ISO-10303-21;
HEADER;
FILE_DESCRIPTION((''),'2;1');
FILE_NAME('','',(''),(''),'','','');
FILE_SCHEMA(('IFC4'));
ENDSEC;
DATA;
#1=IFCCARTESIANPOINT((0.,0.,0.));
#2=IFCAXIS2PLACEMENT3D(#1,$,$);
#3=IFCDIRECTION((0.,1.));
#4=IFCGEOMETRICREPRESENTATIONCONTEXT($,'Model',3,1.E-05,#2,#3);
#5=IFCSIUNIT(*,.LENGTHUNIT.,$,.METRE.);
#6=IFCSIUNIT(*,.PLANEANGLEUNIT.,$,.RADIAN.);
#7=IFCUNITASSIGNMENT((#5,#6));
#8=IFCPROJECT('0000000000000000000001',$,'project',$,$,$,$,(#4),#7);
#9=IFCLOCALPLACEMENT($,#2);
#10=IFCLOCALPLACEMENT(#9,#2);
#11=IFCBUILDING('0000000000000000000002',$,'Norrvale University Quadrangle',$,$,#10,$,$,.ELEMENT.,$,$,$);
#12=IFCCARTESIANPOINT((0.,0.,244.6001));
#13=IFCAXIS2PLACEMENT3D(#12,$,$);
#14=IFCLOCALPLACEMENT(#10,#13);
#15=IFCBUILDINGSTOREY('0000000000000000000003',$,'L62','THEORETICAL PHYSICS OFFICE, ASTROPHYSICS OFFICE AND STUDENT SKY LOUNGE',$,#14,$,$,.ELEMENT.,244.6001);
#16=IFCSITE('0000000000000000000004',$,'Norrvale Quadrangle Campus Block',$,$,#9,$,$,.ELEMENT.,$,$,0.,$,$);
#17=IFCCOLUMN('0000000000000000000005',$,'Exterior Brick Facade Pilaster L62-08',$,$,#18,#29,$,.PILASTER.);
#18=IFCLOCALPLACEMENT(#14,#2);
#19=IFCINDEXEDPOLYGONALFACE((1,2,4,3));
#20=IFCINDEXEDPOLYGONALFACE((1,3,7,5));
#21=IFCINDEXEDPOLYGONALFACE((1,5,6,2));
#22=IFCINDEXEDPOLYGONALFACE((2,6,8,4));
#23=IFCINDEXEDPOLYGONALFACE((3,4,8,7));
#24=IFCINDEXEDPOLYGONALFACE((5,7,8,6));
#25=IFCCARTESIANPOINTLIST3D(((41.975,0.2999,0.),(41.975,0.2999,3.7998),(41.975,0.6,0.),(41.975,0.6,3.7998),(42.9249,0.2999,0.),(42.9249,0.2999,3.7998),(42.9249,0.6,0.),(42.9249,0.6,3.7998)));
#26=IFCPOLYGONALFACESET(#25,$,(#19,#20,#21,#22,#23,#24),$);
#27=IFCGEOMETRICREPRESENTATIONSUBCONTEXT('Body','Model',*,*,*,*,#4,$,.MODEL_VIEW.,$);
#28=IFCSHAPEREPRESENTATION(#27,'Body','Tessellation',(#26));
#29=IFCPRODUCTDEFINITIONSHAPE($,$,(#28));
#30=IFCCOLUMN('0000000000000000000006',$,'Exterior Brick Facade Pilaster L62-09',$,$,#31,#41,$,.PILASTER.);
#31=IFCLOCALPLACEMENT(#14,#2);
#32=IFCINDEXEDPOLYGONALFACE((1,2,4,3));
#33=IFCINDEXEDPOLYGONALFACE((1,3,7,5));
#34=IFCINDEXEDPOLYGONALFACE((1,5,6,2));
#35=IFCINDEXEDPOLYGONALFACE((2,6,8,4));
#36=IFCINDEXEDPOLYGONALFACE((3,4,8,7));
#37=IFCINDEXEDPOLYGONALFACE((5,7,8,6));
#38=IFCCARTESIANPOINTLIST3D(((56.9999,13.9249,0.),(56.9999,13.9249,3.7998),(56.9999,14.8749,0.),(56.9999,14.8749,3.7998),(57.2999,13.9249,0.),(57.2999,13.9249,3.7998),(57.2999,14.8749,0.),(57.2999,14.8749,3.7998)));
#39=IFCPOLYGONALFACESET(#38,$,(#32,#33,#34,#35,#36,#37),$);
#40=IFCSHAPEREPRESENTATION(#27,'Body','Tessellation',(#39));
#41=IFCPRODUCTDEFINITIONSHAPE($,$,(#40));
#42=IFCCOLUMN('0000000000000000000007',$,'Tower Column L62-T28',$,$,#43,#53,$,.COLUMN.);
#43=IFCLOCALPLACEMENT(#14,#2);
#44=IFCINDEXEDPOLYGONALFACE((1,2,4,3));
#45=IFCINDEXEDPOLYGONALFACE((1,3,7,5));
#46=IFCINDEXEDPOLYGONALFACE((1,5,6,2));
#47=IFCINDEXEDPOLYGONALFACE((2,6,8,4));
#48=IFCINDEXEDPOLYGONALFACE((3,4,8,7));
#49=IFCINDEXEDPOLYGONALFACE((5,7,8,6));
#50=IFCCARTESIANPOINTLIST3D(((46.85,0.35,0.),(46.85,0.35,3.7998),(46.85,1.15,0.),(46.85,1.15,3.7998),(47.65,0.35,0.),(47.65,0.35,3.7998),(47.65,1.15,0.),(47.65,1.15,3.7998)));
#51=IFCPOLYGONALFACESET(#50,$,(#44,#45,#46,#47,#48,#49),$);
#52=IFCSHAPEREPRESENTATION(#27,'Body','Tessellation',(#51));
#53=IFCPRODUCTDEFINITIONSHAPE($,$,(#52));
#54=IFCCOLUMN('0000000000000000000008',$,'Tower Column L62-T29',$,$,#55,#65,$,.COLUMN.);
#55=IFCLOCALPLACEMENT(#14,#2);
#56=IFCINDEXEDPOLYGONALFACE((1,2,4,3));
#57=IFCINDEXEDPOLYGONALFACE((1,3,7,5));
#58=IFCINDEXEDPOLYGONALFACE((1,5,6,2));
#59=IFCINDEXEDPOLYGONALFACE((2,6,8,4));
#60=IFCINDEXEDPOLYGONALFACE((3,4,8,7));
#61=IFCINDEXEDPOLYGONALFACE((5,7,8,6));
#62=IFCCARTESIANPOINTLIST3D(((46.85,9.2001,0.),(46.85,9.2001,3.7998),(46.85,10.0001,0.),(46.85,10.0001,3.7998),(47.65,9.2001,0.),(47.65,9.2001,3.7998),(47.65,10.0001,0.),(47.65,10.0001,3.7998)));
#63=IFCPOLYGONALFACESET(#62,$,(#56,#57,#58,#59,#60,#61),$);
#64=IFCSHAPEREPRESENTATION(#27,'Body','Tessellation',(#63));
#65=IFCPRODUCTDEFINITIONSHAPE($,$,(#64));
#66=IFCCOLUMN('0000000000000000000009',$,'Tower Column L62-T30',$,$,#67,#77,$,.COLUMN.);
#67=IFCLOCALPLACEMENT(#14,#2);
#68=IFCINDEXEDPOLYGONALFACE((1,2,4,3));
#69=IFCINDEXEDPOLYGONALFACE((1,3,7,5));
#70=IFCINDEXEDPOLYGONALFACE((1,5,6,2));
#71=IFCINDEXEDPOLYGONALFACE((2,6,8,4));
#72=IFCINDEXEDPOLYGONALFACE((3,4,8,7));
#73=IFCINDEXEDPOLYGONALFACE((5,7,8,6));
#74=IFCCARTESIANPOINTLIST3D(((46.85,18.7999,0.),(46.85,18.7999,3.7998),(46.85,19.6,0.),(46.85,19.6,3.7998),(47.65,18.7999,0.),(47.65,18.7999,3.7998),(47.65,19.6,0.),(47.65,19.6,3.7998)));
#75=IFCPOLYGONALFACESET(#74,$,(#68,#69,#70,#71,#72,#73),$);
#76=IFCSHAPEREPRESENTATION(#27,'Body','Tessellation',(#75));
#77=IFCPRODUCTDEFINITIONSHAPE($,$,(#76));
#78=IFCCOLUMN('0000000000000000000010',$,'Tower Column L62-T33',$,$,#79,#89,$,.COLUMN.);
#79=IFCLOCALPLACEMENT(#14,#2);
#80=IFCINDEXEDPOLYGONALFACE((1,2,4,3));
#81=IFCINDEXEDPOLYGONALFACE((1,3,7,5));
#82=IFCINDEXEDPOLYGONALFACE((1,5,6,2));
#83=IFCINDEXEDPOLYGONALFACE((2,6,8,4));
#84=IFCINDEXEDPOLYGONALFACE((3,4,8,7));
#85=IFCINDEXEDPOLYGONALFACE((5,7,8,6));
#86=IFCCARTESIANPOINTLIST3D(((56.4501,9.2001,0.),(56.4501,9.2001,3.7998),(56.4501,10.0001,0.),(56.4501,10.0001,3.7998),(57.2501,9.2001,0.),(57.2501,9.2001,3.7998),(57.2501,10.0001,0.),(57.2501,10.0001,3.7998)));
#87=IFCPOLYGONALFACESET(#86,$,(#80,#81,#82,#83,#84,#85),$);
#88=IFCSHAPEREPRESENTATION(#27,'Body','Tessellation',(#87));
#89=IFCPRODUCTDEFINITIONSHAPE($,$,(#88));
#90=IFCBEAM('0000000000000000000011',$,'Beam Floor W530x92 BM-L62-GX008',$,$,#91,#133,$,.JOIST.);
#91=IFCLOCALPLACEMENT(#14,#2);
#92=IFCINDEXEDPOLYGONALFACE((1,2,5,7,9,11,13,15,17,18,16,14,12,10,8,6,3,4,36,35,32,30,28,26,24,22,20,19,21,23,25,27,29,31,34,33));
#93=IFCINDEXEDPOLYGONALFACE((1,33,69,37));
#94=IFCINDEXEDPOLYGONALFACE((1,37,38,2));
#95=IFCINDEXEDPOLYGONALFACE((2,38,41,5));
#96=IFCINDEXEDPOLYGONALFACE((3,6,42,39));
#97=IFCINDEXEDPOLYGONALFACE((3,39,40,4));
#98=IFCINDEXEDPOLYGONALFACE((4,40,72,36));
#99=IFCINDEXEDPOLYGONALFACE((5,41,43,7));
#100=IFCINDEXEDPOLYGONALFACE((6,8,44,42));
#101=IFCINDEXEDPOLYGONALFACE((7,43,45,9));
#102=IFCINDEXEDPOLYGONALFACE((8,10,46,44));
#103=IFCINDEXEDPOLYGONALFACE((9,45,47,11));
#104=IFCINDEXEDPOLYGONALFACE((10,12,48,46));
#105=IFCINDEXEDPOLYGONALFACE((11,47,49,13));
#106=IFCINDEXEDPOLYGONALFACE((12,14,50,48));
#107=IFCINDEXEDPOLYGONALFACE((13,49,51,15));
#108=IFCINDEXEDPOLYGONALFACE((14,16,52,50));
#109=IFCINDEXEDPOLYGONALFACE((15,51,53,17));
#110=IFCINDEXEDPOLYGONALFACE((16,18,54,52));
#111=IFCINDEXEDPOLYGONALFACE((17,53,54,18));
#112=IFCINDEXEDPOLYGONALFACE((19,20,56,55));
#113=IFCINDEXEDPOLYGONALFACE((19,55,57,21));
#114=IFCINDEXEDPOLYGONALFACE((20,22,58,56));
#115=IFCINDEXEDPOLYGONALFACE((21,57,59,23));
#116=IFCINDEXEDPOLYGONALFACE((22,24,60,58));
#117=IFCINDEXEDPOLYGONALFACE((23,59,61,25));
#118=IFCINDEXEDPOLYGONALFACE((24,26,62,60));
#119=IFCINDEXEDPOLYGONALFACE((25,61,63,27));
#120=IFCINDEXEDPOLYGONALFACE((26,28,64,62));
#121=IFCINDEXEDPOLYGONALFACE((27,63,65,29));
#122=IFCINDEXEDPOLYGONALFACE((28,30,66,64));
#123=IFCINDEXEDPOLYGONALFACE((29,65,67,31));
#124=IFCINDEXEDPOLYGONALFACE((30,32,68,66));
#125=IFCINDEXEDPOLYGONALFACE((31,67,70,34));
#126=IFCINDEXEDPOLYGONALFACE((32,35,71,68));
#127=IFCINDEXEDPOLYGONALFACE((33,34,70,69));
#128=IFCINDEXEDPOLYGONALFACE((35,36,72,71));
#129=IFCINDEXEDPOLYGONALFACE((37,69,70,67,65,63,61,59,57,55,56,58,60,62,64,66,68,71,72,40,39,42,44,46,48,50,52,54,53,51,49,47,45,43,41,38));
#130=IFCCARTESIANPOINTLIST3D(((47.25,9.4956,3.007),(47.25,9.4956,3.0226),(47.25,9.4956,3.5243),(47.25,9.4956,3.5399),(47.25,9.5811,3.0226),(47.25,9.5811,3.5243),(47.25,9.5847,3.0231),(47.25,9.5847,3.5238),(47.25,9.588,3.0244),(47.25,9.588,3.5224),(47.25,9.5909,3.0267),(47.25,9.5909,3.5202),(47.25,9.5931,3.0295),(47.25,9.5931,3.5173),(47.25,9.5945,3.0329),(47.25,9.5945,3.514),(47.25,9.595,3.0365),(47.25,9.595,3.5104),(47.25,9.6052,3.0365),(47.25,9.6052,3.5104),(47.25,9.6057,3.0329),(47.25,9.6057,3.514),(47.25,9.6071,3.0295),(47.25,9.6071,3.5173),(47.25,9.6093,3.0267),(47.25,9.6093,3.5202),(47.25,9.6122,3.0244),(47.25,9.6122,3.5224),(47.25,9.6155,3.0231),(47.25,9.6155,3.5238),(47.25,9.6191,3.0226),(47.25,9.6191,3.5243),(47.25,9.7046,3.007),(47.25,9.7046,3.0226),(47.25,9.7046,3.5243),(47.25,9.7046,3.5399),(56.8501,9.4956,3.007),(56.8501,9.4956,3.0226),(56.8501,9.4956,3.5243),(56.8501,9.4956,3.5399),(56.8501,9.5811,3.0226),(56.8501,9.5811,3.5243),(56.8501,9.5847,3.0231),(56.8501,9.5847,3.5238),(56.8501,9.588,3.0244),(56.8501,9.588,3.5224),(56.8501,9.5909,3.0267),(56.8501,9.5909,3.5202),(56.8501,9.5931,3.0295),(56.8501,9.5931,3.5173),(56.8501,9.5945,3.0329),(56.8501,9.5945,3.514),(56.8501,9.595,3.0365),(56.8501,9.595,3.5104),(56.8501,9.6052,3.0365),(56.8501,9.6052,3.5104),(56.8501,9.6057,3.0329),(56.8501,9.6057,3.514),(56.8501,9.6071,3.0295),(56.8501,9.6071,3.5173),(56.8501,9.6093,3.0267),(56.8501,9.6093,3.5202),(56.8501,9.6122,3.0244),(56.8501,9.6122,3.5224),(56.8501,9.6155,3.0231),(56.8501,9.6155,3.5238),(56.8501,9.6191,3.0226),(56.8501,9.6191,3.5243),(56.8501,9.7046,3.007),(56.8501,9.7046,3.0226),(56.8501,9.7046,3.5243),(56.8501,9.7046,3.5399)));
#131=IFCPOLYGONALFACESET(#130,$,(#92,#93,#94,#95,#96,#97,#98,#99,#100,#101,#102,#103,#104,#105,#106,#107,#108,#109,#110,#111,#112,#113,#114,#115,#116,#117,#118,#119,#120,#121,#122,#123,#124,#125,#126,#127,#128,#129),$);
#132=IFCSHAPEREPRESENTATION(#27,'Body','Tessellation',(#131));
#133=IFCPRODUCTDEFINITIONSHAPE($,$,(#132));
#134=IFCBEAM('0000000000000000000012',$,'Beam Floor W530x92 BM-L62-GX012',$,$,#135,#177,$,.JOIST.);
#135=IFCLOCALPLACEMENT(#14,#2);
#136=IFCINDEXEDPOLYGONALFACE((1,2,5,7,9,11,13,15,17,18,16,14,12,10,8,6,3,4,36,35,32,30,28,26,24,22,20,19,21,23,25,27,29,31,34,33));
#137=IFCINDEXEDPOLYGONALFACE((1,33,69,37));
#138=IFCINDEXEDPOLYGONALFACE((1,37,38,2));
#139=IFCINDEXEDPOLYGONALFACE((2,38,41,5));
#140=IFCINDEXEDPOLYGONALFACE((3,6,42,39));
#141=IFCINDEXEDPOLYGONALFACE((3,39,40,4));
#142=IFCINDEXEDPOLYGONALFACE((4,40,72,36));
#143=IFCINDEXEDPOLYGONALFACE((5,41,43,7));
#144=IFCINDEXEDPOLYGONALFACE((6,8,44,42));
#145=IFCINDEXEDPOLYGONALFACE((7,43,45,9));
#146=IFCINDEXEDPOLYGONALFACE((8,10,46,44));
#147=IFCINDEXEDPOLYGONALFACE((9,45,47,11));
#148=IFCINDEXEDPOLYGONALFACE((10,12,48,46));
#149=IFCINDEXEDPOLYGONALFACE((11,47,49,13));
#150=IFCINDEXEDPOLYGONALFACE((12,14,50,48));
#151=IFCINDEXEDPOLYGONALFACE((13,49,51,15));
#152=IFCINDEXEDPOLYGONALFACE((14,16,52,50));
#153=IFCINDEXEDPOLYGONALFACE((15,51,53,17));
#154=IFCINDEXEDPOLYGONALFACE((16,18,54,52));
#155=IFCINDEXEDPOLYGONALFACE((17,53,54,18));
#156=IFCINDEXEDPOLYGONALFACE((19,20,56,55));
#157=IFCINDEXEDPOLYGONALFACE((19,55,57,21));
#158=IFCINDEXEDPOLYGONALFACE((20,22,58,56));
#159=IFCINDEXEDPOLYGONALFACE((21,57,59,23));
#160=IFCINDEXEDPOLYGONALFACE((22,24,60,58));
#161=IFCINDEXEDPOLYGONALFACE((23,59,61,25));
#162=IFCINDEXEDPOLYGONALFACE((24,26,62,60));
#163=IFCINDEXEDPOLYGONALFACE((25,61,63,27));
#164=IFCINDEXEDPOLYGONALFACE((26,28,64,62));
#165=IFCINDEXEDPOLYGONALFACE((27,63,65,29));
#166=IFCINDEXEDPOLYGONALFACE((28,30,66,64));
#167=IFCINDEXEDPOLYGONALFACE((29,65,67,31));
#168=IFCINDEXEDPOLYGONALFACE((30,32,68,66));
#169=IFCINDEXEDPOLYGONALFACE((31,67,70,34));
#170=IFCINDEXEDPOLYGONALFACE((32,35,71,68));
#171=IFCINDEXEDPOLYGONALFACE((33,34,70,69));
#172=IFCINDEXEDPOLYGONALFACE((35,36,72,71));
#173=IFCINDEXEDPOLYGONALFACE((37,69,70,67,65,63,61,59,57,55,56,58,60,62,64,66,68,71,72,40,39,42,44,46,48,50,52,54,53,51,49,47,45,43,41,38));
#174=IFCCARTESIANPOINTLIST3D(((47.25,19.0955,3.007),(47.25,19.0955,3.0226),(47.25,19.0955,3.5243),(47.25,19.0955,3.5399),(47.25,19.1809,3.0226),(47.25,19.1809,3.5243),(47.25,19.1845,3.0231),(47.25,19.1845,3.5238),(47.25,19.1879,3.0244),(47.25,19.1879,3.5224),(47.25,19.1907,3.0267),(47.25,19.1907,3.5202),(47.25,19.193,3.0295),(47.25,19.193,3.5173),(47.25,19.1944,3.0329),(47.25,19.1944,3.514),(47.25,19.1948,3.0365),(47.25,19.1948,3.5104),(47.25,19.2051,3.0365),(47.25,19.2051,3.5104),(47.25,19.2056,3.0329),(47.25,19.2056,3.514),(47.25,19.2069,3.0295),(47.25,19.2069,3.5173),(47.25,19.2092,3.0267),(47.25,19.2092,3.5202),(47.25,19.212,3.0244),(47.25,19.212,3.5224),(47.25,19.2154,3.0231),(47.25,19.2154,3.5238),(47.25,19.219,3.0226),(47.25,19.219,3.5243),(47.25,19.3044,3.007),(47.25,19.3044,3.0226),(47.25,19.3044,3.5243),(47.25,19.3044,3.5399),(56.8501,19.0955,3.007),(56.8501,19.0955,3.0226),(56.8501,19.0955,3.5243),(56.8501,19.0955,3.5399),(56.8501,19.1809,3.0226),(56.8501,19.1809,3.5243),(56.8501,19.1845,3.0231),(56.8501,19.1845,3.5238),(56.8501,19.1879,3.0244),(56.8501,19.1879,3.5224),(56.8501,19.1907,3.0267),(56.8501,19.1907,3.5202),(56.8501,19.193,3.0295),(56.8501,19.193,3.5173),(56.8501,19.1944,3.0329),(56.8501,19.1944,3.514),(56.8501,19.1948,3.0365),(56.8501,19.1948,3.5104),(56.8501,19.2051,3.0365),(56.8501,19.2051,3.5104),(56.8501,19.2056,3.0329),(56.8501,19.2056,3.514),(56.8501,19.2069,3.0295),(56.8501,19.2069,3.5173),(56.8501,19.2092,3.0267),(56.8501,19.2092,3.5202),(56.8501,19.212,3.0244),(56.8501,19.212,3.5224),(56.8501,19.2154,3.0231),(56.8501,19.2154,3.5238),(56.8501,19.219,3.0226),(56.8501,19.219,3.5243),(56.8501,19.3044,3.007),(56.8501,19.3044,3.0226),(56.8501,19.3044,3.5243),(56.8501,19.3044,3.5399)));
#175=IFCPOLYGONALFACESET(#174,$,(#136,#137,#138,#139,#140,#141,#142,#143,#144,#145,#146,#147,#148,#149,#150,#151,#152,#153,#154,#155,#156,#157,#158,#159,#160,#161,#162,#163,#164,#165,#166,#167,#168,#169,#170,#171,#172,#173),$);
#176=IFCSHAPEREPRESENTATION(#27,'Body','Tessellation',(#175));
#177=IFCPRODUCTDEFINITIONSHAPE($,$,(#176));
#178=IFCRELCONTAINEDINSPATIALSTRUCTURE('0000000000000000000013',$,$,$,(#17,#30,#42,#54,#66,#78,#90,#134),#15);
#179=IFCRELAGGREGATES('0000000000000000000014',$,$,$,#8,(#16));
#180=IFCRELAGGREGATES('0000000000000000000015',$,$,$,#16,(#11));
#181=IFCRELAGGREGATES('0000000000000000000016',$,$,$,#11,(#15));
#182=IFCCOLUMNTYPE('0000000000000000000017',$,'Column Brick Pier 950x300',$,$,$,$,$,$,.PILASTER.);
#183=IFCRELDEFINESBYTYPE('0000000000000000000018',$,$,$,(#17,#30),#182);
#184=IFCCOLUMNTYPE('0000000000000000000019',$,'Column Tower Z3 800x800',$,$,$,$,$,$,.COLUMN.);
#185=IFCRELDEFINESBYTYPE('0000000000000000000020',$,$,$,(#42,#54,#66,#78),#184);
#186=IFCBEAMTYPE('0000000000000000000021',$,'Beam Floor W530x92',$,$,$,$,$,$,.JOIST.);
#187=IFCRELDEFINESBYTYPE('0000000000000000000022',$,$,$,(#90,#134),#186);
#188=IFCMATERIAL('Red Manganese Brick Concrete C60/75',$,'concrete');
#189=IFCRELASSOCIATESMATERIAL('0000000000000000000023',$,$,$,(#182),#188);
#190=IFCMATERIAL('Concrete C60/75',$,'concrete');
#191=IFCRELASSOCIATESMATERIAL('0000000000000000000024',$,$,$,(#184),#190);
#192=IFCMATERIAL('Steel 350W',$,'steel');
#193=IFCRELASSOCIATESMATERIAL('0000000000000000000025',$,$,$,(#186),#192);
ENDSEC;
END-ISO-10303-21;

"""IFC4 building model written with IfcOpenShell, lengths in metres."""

from ifc_helpers import new_model, si_unit, direction, frame, origin, origin_2d, place, context, subcontext, project, spatial, rectangle, i_section, extrude, material, material_profile, profile_set, type_object, element, save


model = new_model("IFC4")

# Units and contexts
model_context = context("Model", 3, precision=1e-05, world=origin(), true_north=direction((0.0, 1.0)))
body_context = subcontext(model_context, "Body", "Model", "MODEL_VIEW")
ifc_project = project(units=[si_unit("LENGTHUNIT", "METRE"), si_unit("PLANEANGLEUNIT", "RADIAN")], contexts=[model_context])

# Site, building, storey
site_placement = place(None, origin())
site = spatial("IfcSite", under=ifc_project, at=site_placement, Name="Norrvale Quadrangle Campus Block", CompositionType="ELEMENT", RefElevation=0.0)
building_placement = place(site_placement, origin())
building = spatial("IfcBuilding", under=site, at=building_placement, Name="Norrvale University Quadrangle", CompositionType="ELEMENT")
storey_placement = place(building_placement, frame((0.0, 0.0, 244.6001)))
storey = spatial("IfcBuildingStorey", under=building, at=storey_placement, Name="L62", Description="THEORETICAL PHYSICS OFFICE, ASTROPHYSICS OFFICE AND STUDENT SKY LOUNGE", CompositionType="ELEMENT", Elevation=244.6001)

# Columns
ifc_material_1 = material(Name="Red Manganese Brick Concrete C60/75", Category="concrete")
ifc_material_profile_1 = material_profile(ifc_material_1, rectangle(XDim=0.95, YDim=0.3, at=origin_2d()), Name="Red Manganese Brick Concrete C60/75")
ifc_profile_set_1 = profile_set([ifc_material_profile_1], Name="Red Manganese Brick Concrete C60/75")
column_type_1 = type_object("IfcColumnType", Name="Column Brick Pier 950x300", PredefinedType="PILASTER", material=ifc_profile_set_1)
for number, where, z_axis, x_axis, name in (
    (1, (42.45, 0.45, 0.0), (0.0, 0.0, 1.0), (1.0, 0.0, 0.0), "Exterior Brick Facade Pilaster L62-08"),
    (2, (57.1499, 14.3999, 0.0), (0.0, 0.0, 1.0), (0.0, 1.0, 0.0), "Exterior Brick Facade Pilaster L62-09"),
):
    element("IfcColumn", number, at=place(storey_placement, frame(where, z_axis=z_axis, x_axis=x_axis)), inside=storey, type_object=column_type_1, Name=name, PredefinedType="PILASTER", context=body_context, shape_type="SweptSolid", body=[
        extrude(rectangle(XDim=0.95, YDim=0.3, at=origin_2d()), origin(), (0.0, 0.0, 1.0), 3.7998),
    ])
ifc_material_2 = material(Name="Concrete C60/75", Category="concrete")
ifc_material_profile_2 = material_profile(ifc_material_2, rectangle(XDim=0.8, YDim=0.8, at=origin_2d()), Name="Concrete C60/75")
ifc_profile_set_2 = profile_set([ifc_material_profile_2], Name="Concrete C60/75")
column_type_2 = type_object("IfcColumnType", Name="Column Tower Z3 800x800", PredefinedType="COLUMN", material=ifc_profile_set_2)
for number, where, z_axis, x_axis, name in (
    (3, (47.25, 0.75, 0.0), (0.0, 0.0, 1.0), (1.0, 0.0, 0.0), "Tower Column L62-T28"),
    (4, (47.25, 9.6001, 0.0), (0.0, 0.0, 1.0), (1.0, 0.0, 0.0), "Tower Column L62-T29"),
    (5, (47.25, 19.2, 0.0), (0.0, 0.0, 1.0), (1.0, 0.0, 0.0), "Tower Column L62-T30"),
    (6, (56.8501, 9.6001, 0.0), (0.0, 0.0, 1.0), (1.0, 0.0, 0.0), "Tower Column L62-T33"),
):
    element("IfcColumn", number, at=place(storey_placement, frame(where, z_axis=z_axis, x_axis=x_axis)), inside=storey, type_object=column_type_2, Name=name, PredefinedType="COLUMN", context=body_context, shape_type="SweptSolid", body=[
        extrude(rectangle(XDim=0.8, YDim=0.8, at=origin_2d()), origin(), (0.0, 0.0, 1.0), 3.7998),
    ])

# Beams
ifc_material_3 = material(Name="Steel 350W", Category="steel")
ifc_material_profile_3 = material_profile(ifc_material_3, i_section(OverallWidth=0.209, OverallDepth=0.533, WebThickness=0.0103, FlangeThickness=0.0156, FilletRadius=0.0139, at=origin_2d()), Name="Steel 350W")
ifc_profile_set_3 = profile_set([ifc_material_profile_3], Name="Steel 350W")
beam_type_1 = type_object("IfcBeamType", Name="Beam Floor W530x92", PredefinedType="JOIST", material=ifc_profile_set_3)
for number, where, z_axis, x_axis, name in (
    (7, (47.25, 9.6001, 3.2734), (1.0, 0.0, 0.0), (0.0, 1.0, 0.0), "Beam Floor W530x92 BM-L62-GX008"),
    (8, (47.25, 19.2, 3.2734), (1.0, 0.0, 0.0), (0.0, 1.0, 0.0), "Beam Floor W530x92 BM-L62-GX012"),
):
    element("IfcBeam", number, at=place(storey_placement, frame(where, z_axis=z_axis, x_axis=x_axis)), inside=storey, type_object=beam_type_1, Name=name, PredefinedType="JOIST", context=body_context, shape_type="SweptSolid", body=[
        extrude(i_section(OverallWidth=0.209, OverallDepth=0.533, WebThickness=0.0103, FlangeThickness=0.0156, FilletRadius=0.0139, at=origin_2d()), origin(), (0.0, 0.0, 1.0), 9.6001),
    ])

save(model, "model.ifc")
